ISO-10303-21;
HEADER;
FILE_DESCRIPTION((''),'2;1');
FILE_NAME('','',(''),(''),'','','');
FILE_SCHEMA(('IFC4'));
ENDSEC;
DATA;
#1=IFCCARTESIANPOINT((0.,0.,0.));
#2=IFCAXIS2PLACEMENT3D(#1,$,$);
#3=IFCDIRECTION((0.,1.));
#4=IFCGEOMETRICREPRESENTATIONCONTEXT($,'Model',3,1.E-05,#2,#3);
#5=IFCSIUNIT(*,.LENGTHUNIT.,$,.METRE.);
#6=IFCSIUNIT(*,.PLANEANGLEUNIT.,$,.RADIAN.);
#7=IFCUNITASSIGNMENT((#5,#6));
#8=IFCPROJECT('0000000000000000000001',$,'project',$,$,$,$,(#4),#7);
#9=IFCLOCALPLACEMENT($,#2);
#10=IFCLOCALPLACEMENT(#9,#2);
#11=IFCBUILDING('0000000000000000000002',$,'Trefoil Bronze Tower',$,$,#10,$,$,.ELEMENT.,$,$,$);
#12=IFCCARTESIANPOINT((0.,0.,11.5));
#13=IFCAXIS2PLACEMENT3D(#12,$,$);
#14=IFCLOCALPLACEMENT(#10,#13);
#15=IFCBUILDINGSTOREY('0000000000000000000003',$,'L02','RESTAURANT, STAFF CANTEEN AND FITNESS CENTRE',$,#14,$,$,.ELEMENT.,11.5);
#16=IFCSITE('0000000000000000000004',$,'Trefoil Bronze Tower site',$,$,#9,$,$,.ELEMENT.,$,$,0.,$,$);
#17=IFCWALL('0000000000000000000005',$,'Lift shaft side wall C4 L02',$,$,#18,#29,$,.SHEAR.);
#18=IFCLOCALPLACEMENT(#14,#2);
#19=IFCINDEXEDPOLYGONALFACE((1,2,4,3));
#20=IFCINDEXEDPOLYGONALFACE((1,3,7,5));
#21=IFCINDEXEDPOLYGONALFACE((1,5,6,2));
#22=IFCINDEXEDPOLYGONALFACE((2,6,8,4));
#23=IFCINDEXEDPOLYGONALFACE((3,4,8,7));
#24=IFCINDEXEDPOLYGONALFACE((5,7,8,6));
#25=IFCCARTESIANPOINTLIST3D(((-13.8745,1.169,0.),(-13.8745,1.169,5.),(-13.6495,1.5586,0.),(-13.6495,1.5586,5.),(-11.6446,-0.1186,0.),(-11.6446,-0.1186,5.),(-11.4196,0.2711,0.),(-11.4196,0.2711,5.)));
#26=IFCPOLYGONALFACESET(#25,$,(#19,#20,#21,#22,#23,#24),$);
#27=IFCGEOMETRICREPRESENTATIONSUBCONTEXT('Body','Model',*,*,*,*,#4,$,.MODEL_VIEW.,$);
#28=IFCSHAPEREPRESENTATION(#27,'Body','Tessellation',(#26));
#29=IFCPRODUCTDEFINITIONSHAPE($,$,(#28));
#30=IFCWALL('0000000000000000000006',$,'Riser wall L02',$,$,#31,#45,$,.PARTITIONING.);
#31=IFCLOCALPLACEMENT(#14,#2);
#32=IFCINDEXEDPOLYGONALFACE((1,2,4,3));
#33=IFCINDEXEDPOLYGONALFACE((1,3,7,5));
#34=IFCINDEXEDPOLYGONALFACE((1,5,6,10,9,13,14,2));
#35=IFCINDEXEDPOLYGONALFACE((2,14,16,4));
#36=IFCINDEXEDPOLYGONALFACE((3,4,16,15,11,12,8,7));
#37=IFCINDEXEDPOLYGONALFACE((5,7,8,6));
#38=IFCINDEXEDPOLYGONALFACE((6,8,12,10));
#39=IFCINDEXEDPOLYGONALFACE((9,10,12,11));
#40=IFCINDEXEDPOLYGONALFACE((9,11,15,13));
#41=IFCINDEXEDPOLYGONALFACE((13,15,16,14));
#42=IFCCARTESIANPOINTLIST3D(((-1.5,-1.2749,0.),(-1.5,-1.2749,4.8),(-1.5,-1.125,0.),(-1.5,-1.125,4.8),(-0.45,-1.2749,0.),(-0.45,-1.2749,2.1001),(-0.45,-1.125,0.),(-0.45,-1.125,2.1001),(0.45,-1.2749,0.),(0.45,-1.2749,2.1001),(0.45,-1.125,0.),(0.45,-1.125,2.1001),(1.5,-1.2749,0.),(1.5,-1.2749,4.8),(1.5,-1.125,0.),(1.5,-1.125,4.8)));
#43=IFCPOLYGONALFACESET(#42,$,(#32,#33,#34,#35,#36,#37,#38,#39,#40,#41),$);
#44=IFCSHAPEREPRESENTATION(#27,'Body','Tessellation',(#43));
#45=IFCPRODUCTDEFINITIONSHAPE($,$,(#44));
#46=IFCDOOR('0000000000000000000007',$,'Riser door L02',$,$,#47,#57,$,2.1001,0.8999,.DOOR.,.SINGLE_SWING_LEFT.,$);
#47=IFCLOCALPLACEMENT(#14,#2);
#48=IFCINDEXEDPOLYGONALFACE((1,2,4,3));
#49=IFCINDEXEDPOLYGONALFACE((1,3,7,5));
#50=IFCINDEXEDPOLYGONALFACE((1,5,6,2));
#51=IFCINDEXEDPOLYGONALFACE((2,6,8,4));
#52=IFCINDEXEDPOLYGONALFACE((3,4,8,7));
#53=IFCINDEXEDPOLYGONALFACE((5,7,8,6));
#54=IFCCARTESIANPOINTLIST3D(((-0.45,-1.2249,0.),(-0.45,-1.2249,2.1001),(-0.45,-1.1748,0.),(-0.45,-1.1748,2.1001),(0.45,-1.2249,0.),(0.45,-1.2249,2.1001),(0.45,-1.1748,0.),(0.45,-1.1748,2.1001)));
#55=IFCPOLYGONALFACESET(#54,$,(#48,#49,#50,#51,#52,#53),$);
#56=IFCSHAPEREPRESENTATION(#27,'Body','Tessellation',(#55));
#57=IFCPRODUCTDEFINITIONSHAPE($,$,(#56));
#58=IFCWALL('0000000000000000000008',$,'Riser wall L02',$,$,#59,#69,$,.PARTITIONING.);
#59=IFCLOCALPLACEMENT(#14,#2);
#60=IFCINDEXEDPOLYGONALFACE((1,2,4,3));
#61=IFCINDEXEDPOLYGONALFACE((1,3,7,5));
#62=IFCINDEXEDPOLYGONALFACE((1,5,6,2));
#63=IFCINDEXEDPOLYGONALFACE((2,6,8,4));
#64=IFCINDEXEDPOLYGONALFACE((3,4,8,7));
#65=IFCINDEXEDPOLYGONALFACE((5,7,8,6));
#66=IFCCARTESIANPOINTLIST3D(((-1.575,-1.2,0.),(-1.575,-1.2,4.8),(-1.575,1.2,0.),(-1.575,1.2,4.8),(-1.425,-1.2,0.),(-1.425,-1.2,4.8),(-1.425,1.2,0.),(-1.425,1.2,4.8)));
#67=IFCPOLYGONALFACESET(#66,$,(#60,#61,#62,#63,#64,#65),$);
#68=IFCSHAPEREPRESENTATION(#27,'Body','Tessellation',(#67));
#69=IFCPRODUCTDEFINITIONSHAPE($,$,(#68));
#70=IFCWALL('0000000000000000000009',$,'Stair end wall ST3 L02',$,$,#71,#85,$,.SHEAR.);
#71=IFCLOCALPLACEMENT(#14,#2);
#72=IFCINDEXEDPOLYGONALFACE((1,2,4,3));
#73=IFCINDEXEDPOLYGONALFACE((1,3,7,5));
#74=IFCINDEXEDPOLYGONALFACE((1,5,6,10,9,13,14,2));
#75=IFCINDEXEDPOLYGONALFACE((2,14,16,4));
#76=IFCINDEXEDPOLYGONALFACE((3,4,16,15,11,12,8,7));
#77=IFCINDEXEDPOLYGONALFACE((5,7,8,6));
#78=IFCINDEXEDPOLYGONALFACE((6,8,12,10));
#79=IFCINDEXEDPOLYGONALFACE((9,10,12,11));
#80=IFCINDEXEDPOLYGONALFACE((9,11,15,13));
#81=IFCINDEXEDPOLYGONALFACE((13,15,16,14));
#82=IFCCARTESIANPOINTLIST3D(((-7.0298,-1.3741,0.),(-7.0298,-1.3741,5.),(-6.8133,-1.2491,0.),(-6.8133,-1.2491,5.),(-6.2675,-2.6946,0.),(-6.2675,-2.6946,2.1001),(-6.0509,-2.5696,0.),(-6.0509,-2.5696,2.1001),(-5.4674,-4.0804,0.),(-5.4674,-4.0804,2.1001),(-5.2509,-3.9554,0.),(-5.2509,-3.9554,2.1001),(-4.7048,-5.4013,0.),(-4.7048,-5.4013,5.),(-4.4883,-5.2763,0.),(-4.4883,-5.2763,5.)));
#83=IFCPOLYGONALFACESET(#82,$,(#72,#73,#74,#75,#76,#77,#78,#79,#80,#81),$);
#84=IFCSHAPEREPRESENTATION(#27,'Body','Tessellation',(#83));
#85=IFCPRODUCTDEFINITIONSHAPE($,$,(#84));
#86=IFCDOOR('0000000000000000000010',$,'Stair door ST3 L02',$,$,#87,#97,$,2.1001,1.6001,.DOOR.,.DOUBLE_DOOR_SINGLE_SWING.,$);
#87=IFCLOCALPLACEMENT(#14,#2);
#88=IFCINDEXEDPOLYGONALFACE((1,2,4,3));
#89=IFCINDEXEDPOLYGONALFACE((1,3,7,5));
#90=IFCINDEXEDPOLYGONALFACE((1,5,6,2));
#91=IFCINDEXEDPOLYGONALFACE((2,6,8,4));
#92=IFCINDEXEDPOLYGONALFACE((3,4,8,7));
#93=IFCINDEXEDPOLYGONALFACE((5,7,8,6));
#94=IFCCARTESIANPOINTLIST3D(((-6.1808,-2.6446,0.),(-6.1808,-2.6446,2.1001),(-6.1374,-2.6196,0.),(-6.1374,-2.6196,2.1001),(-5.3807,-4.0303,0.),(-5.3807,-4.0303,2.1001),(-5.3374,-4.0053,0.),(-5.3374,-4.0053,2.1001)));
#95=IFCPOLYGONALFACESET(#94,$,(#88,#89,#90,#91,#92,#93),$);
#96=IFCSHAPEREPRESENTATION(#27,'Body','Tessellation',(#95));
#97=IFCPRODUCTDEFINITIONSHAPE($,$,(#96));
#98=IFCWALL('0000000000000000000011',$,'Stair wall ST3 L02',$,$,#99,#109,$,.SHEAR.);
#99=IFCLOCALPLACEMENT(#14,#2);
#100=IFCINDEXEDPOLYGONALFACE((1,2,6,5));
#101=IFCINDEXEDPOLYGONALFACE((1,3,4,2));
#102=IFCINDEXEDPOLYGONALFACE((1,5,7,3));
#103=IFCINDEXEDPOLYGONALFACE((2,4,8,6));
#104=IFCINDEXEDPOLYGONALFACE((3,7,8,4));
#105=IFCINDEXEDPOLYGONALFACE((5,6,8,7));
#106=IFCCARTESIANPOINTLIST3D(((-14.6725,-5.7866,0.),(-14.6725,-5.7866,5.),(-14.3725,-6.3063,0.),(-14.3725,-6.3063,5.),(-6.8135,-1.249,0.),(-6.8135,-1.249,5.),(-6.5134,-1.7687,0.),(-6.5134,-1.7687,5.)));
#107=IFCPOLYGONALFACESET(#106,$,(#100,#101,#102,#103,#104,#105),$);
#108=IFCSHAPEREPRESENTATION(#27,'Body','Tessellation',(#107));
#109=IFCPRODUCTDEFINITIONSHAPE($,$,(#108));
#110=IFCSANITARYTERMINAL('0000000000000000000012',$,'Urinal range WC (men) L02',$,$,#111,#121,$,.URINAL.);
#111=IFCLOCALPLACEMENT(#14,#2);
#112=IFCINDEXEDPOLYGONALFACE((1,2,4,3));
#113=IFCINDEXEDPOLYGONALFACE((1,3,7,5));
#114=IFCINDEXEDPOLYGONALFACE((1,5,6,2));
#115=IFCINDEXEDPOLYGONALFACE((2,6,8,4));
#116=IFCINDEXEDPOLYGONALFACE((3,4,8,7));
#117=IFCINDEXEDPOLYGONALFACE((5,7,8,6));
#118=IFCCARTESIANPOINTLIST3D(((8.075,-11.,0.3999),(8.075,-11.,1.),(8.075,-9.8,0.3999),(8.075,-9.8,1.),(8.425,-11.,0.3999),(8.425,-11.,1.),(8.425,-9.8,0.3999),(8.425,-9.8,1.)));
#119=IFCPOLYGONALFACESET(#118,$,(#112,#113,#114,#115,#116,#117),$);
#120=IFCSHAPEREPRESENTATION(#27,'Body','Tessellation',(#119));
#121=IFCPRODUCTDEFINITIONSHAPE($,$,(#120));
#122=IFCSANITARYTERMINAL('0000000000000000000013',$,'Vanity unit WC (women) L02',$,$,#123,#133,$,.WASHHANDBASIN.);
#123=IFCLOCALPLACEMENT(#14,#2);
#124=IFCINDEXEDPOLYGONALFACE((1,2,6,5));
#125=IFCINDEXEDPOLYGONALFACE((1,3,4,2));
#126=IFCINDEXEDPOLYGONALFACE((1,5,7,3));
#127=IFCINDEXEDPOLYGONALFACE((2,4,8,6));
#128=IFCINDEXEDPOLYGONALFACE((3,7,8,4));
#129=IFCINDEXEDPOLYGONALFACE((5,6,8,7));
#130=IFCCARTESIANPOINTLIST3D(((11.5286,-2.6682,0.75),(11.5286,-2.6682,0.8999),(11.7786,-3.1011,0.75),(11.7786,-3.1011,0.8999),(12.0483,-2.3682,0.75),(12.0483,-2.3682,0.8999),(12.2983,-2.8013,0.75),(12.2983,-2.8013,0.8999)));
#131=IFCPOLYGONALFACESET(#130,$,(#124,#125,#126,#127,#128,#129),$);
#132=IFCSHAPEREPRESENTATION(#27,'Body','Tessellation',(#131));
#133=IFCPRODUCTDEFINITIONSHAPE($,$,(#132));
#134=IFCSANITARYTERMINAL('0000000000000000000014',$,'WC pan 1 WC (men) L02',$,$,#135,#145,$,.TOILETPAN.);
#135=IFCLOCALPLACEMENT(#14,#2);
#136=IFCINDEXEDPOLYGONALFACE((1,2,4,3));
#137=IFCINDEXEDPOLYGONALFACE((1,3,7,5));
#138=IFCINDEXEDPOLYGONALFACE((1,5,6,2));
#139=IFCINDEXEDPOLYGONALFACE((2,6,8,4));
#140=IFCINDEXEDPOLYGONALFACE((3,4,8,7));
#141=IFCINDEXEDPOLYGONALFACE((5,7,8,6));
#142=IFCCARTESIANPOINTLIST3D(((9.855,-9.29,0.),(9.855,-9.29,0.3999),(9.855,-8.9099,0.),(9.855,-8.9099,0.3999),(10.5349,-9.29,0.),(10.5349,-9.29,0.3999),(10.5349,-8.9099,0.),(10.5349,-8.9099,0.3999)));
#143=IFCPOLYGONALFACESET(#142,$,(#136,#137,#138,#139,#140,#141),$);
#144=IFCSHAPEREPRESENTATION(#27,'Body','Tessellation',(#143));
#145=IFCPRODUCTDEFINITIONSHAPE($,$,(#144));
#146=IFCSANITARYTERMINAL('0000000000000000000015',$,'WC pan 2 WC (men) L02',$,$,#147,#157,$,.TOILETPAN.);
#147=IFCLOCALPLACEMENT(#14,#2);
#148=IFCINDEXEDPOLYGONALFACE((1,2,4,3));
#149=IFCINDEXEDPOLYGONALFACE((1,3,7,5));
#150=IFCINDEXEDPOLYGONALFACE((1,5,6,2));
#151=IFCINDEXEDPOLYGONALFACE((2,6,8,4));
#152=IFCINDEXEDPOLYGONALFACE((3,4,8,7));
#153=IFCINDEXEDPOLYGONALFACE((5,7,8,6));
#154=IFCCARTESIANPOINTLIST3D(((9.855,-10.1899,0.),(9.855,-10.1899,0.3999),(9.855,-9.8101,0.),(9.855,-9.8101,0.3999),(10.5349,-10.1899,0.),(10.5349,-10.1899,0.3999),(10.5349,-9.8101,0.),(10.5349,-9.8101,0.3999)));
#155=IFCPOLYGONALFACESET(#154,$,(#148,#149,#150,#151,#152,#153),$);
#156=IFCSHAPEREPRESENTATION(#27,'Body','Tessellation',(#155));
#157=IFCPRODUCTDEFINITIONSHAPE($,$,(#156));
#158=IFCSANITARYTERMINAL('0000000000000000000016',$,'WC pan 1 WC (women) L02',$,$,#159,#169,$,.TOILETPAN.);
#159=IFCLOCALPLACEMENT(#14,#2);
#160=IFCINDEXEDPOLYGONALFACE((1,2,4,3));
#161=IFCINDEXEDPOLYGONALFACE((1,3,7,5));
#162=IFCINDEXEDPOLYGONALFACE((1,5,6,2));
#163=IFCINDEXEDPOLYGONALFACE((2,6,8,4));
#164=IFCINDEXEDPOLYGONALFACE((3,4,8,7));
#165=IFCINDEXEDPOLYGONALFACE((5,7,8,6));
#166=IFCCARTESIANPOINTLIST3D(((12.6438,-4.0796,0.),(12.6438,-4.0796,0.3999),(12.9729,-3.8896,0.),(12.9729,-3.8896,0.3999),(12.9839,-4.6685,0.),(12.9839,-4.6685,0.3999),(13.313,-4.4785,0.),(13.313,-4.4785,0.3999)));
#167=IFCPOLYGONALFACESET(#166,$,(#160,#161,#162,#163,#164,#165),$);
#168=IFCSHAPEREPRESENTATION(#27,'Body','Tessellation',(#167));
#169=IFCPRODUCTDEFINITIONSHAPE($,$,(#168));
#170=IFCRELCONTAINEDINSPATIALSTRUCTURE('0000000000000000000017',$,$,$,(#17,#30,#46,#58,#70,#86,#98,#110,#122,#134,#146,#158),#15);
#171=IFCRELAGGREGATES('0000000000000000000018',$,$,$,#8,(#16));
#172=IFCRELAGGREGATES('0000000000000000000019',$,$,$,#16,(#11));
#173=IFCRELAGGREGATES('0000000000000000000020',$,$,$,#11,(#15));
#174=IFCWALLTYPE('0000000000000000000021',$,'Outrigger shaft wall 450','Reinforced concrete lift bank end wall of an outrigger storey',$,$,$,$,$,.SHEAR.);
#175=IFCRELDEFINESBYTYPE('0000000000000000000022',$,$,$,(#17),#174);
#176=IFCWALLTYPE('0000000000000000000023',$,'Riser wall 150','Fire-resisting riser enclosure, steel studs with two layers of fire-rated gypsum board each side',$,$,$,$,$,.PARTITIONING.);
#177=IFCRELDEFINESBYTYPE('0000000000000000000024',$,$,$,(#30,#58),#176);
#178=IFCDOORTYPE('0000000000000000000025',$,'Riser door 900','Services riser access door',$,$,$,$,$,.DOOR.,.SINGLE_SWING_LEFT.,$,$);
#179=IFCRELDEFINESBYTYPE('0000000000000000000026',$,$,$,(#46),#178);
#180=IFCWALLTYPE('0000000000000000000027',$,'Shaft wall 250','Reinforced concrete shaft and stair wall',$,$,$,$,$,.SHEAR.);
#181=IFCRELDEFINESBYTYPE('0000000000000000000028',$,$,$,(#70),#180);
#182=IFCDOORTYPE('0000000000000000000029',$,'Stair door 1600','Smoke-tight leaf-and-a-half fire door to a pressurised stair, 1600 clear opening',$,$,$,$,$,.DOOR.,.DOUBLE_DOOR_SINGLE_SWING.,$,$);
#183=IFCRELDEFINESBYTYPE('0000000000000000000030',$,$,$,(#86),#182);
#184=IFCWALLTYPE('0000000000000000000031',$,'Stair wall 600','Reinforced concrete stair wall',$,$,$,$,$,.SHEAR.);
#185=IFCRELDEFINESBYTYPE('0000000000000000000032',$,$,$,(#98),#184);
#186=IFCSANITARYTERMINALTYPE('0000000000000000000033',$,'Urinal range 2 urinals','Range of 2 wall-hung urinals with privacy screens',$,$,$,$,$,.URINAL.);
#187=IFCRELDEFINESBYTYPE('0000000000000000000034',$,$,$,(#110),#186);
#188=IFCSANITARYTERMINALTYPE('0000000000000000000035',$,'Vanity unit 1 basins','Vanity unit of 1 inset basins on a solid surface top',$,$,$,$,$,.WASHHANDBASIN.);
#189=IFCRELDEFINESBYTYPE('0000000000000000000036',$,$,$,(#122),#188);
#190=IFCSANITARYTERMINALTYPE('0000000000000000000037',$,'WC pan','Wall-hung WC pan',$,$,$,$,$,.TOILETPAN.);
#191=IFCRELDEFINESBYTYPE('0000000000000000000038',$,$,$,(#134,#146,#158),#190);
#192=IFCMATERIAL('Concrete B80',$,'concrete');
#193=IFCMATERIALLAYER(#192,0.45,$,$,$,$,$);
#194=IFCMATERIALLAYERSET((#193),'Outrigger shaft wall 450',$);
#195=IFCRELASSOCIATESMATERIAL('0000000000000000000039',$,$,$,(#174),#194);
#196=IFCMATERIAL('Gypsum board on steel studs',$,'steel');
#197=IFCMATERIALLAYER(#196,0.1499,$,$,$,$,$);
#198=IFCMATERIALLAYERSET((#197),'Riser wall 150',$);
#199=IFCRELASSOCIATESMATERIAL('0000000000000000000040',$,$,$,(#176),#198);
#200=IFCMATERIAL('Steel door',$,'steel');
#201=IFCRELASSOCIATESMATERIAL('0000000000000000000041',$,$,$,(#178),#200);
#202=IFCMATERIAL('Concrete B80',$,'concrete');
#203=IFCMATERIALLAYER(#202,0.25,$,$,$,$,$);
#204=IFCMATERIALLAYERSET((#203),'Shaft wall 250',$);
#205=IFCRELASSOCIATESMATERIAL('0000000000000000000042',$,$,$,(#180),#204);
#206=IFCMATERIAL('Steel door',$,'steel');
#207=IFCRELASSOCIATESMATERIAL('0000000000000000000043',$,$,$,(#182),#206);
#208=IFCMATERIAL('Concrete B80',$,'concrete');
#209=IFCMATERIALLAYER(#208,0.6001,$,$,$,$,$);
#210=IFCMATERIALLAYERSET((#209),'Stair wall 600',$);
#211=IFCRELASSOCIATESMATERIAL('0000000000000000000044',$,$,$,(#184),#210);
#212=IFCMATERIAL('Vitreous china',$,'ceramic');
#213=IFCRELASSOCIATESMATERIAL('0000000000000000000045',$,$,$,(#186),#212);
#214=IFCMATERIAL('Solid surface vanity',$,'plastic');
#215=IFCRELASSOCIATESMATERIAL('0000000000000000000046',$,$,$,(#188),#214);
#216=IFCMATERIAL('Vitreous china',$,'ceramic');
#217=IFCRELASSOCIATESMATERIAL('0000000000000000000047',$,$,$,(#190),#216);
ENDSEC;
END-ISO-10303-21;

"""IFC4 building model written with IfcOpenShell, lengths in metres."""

from ifc_helpers import new_model, si_unit, direction, frame, frame_2d, origin, place, context, subcontext, project, spatial, polyline, rectangle, outline, extrude, material, layer, layer_set, type_object, element, fill, save


model = new_model("IFC4")

# Units and contexts
model_context = context("Model", 3, precision=1e-05, world=origin(), true_north=direction((0.0, 1.0)))
body_context = subcontext(model_context, "Body", "Model", "MODEL_VIEW")
ifc_project = project(units=[si_unit("LENGTHUNIT", "METRE"), si_unit("PLANEANGLEUNIT", "RADIAN")], contexts=[model_context])

# Site, building, storey
site_placement = place(None, origin())
site = spatial("IfcSite", under=ifc_project, at=site_placement, Name="Trefoil Bronze Tower site", CompositionType="ELEMENT", RefElevation=0.0)
building_placement = place(site_placement, origin())
building = spatial("IfcBuilding", under=site, at=building_placement, Name="Trefoil Bronze Tower", CompositionType="ELEMENT")
storey_placement = place(building_placement, frame((0.0, 0.0, 11.5)))
storey = spatial("IfcBuildingStorey", under=building, at=storey_placement, Name="L02", Description="RESTAURANT, STAFF CANTEEN AND FITNESS CENTRE", CompositionType="ELEMENT", Elevation=11.5)

# Wall
ifc_material_1 = material(Name="Concrete B80", Category="concrete")
ifc_layer_1 = layer(ifc_material_1, 0.45)
ifc_layer_set_1 = layer_set([ifc_layer_1], Name="Outrigger shaft wall 450")
wall_type_1 = type_object("IfcWallType", Name="Outrigger shaft wall 450", Description="Reinforced concrete lift bank end wall of an outrigger storey", PredefinedType="SHEAR", material=ifc_layer_set_1)
wall_1_placement = place(storey_placement, frame((-11.532, 0.0762, 0.0), z_axis=(0.0, 0.0, 1.0), x_axis=(-0.866006, 0.500034, 0.0)))
element("IfcWall", 1, at=wall_1_placement, inside=storey, type_object=wall_type_1, Name="Lift shaft side wall C4 L02", PredefinedType="SHEAR", context=body_context, shape_type="SweptSolid", body=[
    extrude(rectangle(XDim=2.575, YDim=0.45, at=frame_2d((1.2876, 0.0))), origin(), (0.0, 0.0, 1.0), 5.0),
])

# Wall, opening, door
ifc_material_2 = material(Name="Gypsum board on steel studs", Category="steel")
ifc_layer_2 = layer(ifc_material_2, 0.1499)
ifc_layer_set_2 = layer_set([ifc_layer_2], Name="Riser wall 150")
wall_type_2 = type_object("IfcWallType", Name="Riser wall 150", Description="Fire-resisting riser enclosure, steel studs with two layers of fire-rated gypsum board each side", PredefinedType="PARTITIONING", material=ifc_layer_set_2)
wall_2_placement = place(storey_placement, frame((-1.5, -1.2, 0.0), z_axis=(0.0, 0.0, 1.0), x_axis=(1.0, 0.0, 0.0)))
wall_2 = element("IfcWall", 2, at=wall_2_placement, inside=storey, type_object=wall_type_2, Name="Riser wall L02", PredefinedType="PARTITIONING", context=body_context, shape_type="SweptSolid", body=[
    extrude(rectangle(XDim=3.0, YDim=0.1499, at=frame_2d((1.5, 0.0))), origin(), (0.0, 0.0, 1.0), 4.8),
])
opening_1_placement = place(wall_2_placement, frame((1.05, 0.0, 0.0)))
opening_1 = element("IfcOpeningElement", 3, at=opening_1_placement, cuts=wall_2, PredefinedType="OPENING", context=body_context, shape_type="SweptSolid", body=[
    extrude(rectangle(XDim=0.8999, YDim=2.1001, at=frame_2d((0.45, 1.05))), frame((0.0, 0.085, 0.0), z_axis=(0.0, -1.0, 0.0), x_axis=(1.0, 0.0, 0.0)), (0.0, 0.0, 1.0), 0.1699),
])
ifc_material_3 = material(Name="Steel door", Category="steel")
door_type_1 = type_object("IfcDoorType", Name="Riser door 900", Description="Services riser access door", OperationType="SINGLE_SWING_LEFT", PredefinedType="DOOR", material=ifc_material_3)
door_1_placement = place(opening_1_placement, frame((0.8999, 0.0, 0.0), z_axis=(0.0, 0.0, 1.0), x_axis=(-1.0, 0.0, 0.0)))
door_1 = element("IfcDoor", 4, at=door_1_placement, inside=storey, type_object=door_type_1, Name="Riser door L02", OperationType="SINGLE_SWING_LEFT", OverallHeight=2.1001, OverallWidth=0.8999, PredefinedType="DOOR", context=body_context, shape_type="SweptSolid", body=[
    extrude(rectangle(XDim=0.8999, YDim=2.1001, at=frame_2d((0.45, 1.05))), frame((0.0, 0.0249, 0.0), z_axis=(0.0, -1.0, 0.0), x_axis=(1.0, 0.0, 0.0)), (0.0, 0.0, 1.0), 0.05),
])
fill(opening_1, door_1)

# Wall
wall_3_placement = place(storey_placement, frame((-1.5, 1.2, 0.0), z_axis=(0.0, 0.0, 1.0), x_axis=(0.0, -1.0, 0.0)))
element("IfcWall", 5, at=wall_3_placement, inside=storey, type_object=wall_type_2, Name="Riser wall L02", PredefinedType="PARTITIONING", context=body_context, shape_type="SweptSolid", body=[
    extrude(rectangle(XDim=2.3999, YDim=0.1499, at=frame_2d((1.2, 0.0))), origin(), (0.0, 0.0, 1.0), 4.8),
])

# Wall, opening, door
ifc_material_4 = material(Name="Concrete B80", Category="concrete")
ifc_layer_3 = layer(ifc_material_4, 0.25)
ifc_layer_set_3 = layer_set([ifc_layer_3], Name="Shaft wall 250")
wall_type_3 = type_object("IfcWallType", Name="Shaft wall 250", Description="Reinforced concrete shaft and stair wall", PredefinedType="SHEAR", material=ifc_layer_set_3)
wall_4_placement = place(storey_placement, frame((-6.9216, -1.3115, 0.0), z_axis=(0.0, 0.0, 1.0), x_axis=(0.499985, -0.866034, 0.0)))
wall_4 = element("IfcWall", 6, at=wall_4_placement, inside=storey, type_object=wall_type_3, Name="Stair end wall ST3 L02", PredefinedType="SHEAR", context=body_context, shape_type="SweptSolid", body=[
    extrude(rectangle(XDim=4.6501, YDim=0.25, at=frame_2d((2.3252, 0.0))), origin(), (0.0, 0.0, 1.0), 5.0),
])
opening_2_placement = place(wall_4_placement, frame((1.5249, 0.0, 0.0)))
opening_2 = element("IfcOpeningElement", 7, at=opening_2_placement, cuts=wall_4, PredefinedType="OPENING", context=body_context, shape_type="SweptSolid", body=[
    extrude(rectangle(XDim=1.6001, YDim=2.1001, at=frame_2d((0.8, 1.05))), frame((0.0, 0.135, 0.0), z_axis=(0.0, -1.0, 0.0), x_axis=(1.0, 0.0, 0.0)), (0.0, 0.0, 1.0), 0.27),
])
ifc_material_5 = material(Name="Steel door", Category="steel")
door_type_2 = type_object("IfcDoorType", Name="Stair door 1600", Description="Smoke-tight leaf-and-a-half fire door to a pressurised stair, 1600 clear opening", OperationType="DOUBLE_DOOR_SINGLE_SWING", PredefinedType="DOOR", material=ifc_material_5)
door_2_placement = place(opening_2_placement, frame((1.6001, 0.0, 0.0), z_axis=(0.0, 0.0, 1.0), x_axis=(-1.0, 0.0, 0.0)))
door_2 = element("IfcDoor", 8, at=door_2_placement, inside=storey, type_object=door_type_2, Name="Stair door ST3 L02", OperationType="DOUBLE_DOOR_SINGLE_SWING", OverallHeight=2.1001, OverallWidth=1.6001, PredefinedType="DOOR", context=body_context, shape_type="SweptSolid", body=[
    extrude(rectangle(XDim=1.6001, YDim=2.1001, at=frame_2d((0.8, 1.05))), frame((0.0, 0.0249, 0.0), z_axis=(0.0, -1.0, 0.0), x_axis=(1.0, 0.0, 0.0)), (0.0, 0.0, 1.0), 0.05),
])
fill(opening_2, door_2)

# Wall
ifc_material_6 = material(Name="Concrete B80", Category="concrete")
ifc_layer_4 = layer(ifc_material_6, 0.6001)
ifc_layer_set_4 = layer_set([ifc_layer_4], Name="Stair wall 600")
wall_type_4 = type_object("IfcWallType", Name="Stair wall 600", Description="Reinforced concrete stair wall", PredefinedType="SHEAR", material=ifc_layer_set_4)
wall_5_placement = place(storey_placement, frame((-6.6633, -1.5088, 0.0), z_axis=(0.0, 0.0, 1.0), x_axis=(-0.866019, -0.50001, 0.0)))
element("IfcWall", 9, at=wall_5_placement, inside=storey, type_object=wall_type_4, Name="Stair wall ST3 L02", PredefinedType="SHEAR", context=body_context, shape_type="SweptSolid", body=[
    extrude(rectangle(XDim=9.075, YDim=0.6001, at=frame_2d((4.5376, 0.0))), origin(), (0.0, 0.0, 1.0), 5.0),
])

# Sanitary terminals
ifc_material_7 = material(Name="Vitreous china", Category="ceramic")
sanitary_terminal_type_1 = type_object("IfcSanitaryTerminalType", Name="Urinal range 2 urinals", Description="Range of 2 wall-hung urinals with privacy screens", PredefinedType="URINAL", material=ifc_material_7)
sanitary_terminal_1_placement = place(storey_placement, frame((0.0, 0.0, 0.3999)))
element("IfcSanitaryTerminal", 10, at=sanitary_terminal_1_placement, inside=storey, type_object=sanitary_terminal_type_1, Name="Urinal range WC (men) L02", PredefinedType="URINAL", context=body_context, shape_type="SweptSolid", body=[
    extrude(outline(polyline([(8.075, -9.8), (8.425, -9.8), (8.425, -11.0), (8.075, -11.0), (8.075, -9.8)])), origin(), (0.0, 0.0, 1.0), 0.6001),
])
ifc_material_8 = material(Name="Solid surface vanity", Category="plastic")
sanitary_terminal_type_2 = type_object("IfcSanitaryTerminalType", Name="Vanity unit 1 basins", Description="Vanity unit of 1 inset basins on a solid surface top", PredefinedType="WASHHANDBASIN", material=ifc_material_8)
sanitary_terminal_2_placement = place(storey_placement, frame((0.0, 0.0, 0.75)))
element("IfcSanitaryTerminal", 11, at=sanitary_terminal_2_placement, inside=storey, type_object=sanitary_terminal_type_2, Name="Vanity unit WC (women) L02", PredefinedType="WASHHANDBASIN", context=body_context, shape_type="SweptSolid", body=[
    extrude(outline(polyline([(11.5286, -2.6682), (11.7786, -3.1011), (12.2983, -2.8013), (12.0483, -2.3682), (11.5286, -2.6682)])), origin(), (0.0, 0.0, 1.0), 0.1499),
])
ifc_material_9 = material(Name="Vitreous china", Category="ceramic")
sanitary_terminal_type_3 = type_object("IfcSanitaryTerminalType", Name="WC pan", Description="Wall-hung WC pan", PredefinedType="TOILETPAN", material=ifc_material_9)
sanitary_terminal_3_placement = place(storey_placement, origin())
element("IfcSanitaryTerminal", 12, at=sanitary_terminal_3_placement, inside=storey, type_object=sanitary_terminal_type_3, Name="WC pan 1 WC (men) L02", PredefinedType="TOILETPAN", context=body_context, shape_type="SweptSolid", body=[
    extrude(outline(polyline([(9.855, -8.9099), (10.5349, -8.9099), (10.5349, -9.29), (9.855, -9.29), (9.855, -8.9099)])), origin(), (0.0, 0.0, 1.0), 0.3999),
])
sanitary_terminal_4_placement = place(storey_placement, origin())
element("IfcSanitaryTerminal", 13, at=sanitary_terminal_4_placement, inside=storey, type_object=sanitary_terminal_type_3, Name="WC pan 2 WC (men) L02", PredefinedType="TOILETPAN", context=body_context, shape_type="SweptSolid", body=[
    extrude(outline(polyline([(9.855, -9.8101), (10.5349, -9.8101), (10.5349, -10.1899), (9.855, -10.1899), (9.855, -9.8101)])), origin(), (0.0, 0.0, 1.0), 0.3999),
])
sanitary_terminal_5_placement = place(storey_placement, origin())
element("IfcSanitaryTerminal", 14, at=sanitary_terminal_5_placement, inside=storey, type_object=sanitary_terminal_type_3, Name="WC pan 1 WC (women) L02", PredefinedType="TOILETPAN", context=body_context, shape_type="SweptSolid", body=[
    extrude(outline(polyline([(12.6438, -4.0796), (12.9839, -4.6685), (13.313, -4.4785), (12.9729, -3.8896), (12.6438, -4.0796)])), origin(), (0.0, 0.0, 1.0), 0.3999),
])

save(model, "model.ifc")
